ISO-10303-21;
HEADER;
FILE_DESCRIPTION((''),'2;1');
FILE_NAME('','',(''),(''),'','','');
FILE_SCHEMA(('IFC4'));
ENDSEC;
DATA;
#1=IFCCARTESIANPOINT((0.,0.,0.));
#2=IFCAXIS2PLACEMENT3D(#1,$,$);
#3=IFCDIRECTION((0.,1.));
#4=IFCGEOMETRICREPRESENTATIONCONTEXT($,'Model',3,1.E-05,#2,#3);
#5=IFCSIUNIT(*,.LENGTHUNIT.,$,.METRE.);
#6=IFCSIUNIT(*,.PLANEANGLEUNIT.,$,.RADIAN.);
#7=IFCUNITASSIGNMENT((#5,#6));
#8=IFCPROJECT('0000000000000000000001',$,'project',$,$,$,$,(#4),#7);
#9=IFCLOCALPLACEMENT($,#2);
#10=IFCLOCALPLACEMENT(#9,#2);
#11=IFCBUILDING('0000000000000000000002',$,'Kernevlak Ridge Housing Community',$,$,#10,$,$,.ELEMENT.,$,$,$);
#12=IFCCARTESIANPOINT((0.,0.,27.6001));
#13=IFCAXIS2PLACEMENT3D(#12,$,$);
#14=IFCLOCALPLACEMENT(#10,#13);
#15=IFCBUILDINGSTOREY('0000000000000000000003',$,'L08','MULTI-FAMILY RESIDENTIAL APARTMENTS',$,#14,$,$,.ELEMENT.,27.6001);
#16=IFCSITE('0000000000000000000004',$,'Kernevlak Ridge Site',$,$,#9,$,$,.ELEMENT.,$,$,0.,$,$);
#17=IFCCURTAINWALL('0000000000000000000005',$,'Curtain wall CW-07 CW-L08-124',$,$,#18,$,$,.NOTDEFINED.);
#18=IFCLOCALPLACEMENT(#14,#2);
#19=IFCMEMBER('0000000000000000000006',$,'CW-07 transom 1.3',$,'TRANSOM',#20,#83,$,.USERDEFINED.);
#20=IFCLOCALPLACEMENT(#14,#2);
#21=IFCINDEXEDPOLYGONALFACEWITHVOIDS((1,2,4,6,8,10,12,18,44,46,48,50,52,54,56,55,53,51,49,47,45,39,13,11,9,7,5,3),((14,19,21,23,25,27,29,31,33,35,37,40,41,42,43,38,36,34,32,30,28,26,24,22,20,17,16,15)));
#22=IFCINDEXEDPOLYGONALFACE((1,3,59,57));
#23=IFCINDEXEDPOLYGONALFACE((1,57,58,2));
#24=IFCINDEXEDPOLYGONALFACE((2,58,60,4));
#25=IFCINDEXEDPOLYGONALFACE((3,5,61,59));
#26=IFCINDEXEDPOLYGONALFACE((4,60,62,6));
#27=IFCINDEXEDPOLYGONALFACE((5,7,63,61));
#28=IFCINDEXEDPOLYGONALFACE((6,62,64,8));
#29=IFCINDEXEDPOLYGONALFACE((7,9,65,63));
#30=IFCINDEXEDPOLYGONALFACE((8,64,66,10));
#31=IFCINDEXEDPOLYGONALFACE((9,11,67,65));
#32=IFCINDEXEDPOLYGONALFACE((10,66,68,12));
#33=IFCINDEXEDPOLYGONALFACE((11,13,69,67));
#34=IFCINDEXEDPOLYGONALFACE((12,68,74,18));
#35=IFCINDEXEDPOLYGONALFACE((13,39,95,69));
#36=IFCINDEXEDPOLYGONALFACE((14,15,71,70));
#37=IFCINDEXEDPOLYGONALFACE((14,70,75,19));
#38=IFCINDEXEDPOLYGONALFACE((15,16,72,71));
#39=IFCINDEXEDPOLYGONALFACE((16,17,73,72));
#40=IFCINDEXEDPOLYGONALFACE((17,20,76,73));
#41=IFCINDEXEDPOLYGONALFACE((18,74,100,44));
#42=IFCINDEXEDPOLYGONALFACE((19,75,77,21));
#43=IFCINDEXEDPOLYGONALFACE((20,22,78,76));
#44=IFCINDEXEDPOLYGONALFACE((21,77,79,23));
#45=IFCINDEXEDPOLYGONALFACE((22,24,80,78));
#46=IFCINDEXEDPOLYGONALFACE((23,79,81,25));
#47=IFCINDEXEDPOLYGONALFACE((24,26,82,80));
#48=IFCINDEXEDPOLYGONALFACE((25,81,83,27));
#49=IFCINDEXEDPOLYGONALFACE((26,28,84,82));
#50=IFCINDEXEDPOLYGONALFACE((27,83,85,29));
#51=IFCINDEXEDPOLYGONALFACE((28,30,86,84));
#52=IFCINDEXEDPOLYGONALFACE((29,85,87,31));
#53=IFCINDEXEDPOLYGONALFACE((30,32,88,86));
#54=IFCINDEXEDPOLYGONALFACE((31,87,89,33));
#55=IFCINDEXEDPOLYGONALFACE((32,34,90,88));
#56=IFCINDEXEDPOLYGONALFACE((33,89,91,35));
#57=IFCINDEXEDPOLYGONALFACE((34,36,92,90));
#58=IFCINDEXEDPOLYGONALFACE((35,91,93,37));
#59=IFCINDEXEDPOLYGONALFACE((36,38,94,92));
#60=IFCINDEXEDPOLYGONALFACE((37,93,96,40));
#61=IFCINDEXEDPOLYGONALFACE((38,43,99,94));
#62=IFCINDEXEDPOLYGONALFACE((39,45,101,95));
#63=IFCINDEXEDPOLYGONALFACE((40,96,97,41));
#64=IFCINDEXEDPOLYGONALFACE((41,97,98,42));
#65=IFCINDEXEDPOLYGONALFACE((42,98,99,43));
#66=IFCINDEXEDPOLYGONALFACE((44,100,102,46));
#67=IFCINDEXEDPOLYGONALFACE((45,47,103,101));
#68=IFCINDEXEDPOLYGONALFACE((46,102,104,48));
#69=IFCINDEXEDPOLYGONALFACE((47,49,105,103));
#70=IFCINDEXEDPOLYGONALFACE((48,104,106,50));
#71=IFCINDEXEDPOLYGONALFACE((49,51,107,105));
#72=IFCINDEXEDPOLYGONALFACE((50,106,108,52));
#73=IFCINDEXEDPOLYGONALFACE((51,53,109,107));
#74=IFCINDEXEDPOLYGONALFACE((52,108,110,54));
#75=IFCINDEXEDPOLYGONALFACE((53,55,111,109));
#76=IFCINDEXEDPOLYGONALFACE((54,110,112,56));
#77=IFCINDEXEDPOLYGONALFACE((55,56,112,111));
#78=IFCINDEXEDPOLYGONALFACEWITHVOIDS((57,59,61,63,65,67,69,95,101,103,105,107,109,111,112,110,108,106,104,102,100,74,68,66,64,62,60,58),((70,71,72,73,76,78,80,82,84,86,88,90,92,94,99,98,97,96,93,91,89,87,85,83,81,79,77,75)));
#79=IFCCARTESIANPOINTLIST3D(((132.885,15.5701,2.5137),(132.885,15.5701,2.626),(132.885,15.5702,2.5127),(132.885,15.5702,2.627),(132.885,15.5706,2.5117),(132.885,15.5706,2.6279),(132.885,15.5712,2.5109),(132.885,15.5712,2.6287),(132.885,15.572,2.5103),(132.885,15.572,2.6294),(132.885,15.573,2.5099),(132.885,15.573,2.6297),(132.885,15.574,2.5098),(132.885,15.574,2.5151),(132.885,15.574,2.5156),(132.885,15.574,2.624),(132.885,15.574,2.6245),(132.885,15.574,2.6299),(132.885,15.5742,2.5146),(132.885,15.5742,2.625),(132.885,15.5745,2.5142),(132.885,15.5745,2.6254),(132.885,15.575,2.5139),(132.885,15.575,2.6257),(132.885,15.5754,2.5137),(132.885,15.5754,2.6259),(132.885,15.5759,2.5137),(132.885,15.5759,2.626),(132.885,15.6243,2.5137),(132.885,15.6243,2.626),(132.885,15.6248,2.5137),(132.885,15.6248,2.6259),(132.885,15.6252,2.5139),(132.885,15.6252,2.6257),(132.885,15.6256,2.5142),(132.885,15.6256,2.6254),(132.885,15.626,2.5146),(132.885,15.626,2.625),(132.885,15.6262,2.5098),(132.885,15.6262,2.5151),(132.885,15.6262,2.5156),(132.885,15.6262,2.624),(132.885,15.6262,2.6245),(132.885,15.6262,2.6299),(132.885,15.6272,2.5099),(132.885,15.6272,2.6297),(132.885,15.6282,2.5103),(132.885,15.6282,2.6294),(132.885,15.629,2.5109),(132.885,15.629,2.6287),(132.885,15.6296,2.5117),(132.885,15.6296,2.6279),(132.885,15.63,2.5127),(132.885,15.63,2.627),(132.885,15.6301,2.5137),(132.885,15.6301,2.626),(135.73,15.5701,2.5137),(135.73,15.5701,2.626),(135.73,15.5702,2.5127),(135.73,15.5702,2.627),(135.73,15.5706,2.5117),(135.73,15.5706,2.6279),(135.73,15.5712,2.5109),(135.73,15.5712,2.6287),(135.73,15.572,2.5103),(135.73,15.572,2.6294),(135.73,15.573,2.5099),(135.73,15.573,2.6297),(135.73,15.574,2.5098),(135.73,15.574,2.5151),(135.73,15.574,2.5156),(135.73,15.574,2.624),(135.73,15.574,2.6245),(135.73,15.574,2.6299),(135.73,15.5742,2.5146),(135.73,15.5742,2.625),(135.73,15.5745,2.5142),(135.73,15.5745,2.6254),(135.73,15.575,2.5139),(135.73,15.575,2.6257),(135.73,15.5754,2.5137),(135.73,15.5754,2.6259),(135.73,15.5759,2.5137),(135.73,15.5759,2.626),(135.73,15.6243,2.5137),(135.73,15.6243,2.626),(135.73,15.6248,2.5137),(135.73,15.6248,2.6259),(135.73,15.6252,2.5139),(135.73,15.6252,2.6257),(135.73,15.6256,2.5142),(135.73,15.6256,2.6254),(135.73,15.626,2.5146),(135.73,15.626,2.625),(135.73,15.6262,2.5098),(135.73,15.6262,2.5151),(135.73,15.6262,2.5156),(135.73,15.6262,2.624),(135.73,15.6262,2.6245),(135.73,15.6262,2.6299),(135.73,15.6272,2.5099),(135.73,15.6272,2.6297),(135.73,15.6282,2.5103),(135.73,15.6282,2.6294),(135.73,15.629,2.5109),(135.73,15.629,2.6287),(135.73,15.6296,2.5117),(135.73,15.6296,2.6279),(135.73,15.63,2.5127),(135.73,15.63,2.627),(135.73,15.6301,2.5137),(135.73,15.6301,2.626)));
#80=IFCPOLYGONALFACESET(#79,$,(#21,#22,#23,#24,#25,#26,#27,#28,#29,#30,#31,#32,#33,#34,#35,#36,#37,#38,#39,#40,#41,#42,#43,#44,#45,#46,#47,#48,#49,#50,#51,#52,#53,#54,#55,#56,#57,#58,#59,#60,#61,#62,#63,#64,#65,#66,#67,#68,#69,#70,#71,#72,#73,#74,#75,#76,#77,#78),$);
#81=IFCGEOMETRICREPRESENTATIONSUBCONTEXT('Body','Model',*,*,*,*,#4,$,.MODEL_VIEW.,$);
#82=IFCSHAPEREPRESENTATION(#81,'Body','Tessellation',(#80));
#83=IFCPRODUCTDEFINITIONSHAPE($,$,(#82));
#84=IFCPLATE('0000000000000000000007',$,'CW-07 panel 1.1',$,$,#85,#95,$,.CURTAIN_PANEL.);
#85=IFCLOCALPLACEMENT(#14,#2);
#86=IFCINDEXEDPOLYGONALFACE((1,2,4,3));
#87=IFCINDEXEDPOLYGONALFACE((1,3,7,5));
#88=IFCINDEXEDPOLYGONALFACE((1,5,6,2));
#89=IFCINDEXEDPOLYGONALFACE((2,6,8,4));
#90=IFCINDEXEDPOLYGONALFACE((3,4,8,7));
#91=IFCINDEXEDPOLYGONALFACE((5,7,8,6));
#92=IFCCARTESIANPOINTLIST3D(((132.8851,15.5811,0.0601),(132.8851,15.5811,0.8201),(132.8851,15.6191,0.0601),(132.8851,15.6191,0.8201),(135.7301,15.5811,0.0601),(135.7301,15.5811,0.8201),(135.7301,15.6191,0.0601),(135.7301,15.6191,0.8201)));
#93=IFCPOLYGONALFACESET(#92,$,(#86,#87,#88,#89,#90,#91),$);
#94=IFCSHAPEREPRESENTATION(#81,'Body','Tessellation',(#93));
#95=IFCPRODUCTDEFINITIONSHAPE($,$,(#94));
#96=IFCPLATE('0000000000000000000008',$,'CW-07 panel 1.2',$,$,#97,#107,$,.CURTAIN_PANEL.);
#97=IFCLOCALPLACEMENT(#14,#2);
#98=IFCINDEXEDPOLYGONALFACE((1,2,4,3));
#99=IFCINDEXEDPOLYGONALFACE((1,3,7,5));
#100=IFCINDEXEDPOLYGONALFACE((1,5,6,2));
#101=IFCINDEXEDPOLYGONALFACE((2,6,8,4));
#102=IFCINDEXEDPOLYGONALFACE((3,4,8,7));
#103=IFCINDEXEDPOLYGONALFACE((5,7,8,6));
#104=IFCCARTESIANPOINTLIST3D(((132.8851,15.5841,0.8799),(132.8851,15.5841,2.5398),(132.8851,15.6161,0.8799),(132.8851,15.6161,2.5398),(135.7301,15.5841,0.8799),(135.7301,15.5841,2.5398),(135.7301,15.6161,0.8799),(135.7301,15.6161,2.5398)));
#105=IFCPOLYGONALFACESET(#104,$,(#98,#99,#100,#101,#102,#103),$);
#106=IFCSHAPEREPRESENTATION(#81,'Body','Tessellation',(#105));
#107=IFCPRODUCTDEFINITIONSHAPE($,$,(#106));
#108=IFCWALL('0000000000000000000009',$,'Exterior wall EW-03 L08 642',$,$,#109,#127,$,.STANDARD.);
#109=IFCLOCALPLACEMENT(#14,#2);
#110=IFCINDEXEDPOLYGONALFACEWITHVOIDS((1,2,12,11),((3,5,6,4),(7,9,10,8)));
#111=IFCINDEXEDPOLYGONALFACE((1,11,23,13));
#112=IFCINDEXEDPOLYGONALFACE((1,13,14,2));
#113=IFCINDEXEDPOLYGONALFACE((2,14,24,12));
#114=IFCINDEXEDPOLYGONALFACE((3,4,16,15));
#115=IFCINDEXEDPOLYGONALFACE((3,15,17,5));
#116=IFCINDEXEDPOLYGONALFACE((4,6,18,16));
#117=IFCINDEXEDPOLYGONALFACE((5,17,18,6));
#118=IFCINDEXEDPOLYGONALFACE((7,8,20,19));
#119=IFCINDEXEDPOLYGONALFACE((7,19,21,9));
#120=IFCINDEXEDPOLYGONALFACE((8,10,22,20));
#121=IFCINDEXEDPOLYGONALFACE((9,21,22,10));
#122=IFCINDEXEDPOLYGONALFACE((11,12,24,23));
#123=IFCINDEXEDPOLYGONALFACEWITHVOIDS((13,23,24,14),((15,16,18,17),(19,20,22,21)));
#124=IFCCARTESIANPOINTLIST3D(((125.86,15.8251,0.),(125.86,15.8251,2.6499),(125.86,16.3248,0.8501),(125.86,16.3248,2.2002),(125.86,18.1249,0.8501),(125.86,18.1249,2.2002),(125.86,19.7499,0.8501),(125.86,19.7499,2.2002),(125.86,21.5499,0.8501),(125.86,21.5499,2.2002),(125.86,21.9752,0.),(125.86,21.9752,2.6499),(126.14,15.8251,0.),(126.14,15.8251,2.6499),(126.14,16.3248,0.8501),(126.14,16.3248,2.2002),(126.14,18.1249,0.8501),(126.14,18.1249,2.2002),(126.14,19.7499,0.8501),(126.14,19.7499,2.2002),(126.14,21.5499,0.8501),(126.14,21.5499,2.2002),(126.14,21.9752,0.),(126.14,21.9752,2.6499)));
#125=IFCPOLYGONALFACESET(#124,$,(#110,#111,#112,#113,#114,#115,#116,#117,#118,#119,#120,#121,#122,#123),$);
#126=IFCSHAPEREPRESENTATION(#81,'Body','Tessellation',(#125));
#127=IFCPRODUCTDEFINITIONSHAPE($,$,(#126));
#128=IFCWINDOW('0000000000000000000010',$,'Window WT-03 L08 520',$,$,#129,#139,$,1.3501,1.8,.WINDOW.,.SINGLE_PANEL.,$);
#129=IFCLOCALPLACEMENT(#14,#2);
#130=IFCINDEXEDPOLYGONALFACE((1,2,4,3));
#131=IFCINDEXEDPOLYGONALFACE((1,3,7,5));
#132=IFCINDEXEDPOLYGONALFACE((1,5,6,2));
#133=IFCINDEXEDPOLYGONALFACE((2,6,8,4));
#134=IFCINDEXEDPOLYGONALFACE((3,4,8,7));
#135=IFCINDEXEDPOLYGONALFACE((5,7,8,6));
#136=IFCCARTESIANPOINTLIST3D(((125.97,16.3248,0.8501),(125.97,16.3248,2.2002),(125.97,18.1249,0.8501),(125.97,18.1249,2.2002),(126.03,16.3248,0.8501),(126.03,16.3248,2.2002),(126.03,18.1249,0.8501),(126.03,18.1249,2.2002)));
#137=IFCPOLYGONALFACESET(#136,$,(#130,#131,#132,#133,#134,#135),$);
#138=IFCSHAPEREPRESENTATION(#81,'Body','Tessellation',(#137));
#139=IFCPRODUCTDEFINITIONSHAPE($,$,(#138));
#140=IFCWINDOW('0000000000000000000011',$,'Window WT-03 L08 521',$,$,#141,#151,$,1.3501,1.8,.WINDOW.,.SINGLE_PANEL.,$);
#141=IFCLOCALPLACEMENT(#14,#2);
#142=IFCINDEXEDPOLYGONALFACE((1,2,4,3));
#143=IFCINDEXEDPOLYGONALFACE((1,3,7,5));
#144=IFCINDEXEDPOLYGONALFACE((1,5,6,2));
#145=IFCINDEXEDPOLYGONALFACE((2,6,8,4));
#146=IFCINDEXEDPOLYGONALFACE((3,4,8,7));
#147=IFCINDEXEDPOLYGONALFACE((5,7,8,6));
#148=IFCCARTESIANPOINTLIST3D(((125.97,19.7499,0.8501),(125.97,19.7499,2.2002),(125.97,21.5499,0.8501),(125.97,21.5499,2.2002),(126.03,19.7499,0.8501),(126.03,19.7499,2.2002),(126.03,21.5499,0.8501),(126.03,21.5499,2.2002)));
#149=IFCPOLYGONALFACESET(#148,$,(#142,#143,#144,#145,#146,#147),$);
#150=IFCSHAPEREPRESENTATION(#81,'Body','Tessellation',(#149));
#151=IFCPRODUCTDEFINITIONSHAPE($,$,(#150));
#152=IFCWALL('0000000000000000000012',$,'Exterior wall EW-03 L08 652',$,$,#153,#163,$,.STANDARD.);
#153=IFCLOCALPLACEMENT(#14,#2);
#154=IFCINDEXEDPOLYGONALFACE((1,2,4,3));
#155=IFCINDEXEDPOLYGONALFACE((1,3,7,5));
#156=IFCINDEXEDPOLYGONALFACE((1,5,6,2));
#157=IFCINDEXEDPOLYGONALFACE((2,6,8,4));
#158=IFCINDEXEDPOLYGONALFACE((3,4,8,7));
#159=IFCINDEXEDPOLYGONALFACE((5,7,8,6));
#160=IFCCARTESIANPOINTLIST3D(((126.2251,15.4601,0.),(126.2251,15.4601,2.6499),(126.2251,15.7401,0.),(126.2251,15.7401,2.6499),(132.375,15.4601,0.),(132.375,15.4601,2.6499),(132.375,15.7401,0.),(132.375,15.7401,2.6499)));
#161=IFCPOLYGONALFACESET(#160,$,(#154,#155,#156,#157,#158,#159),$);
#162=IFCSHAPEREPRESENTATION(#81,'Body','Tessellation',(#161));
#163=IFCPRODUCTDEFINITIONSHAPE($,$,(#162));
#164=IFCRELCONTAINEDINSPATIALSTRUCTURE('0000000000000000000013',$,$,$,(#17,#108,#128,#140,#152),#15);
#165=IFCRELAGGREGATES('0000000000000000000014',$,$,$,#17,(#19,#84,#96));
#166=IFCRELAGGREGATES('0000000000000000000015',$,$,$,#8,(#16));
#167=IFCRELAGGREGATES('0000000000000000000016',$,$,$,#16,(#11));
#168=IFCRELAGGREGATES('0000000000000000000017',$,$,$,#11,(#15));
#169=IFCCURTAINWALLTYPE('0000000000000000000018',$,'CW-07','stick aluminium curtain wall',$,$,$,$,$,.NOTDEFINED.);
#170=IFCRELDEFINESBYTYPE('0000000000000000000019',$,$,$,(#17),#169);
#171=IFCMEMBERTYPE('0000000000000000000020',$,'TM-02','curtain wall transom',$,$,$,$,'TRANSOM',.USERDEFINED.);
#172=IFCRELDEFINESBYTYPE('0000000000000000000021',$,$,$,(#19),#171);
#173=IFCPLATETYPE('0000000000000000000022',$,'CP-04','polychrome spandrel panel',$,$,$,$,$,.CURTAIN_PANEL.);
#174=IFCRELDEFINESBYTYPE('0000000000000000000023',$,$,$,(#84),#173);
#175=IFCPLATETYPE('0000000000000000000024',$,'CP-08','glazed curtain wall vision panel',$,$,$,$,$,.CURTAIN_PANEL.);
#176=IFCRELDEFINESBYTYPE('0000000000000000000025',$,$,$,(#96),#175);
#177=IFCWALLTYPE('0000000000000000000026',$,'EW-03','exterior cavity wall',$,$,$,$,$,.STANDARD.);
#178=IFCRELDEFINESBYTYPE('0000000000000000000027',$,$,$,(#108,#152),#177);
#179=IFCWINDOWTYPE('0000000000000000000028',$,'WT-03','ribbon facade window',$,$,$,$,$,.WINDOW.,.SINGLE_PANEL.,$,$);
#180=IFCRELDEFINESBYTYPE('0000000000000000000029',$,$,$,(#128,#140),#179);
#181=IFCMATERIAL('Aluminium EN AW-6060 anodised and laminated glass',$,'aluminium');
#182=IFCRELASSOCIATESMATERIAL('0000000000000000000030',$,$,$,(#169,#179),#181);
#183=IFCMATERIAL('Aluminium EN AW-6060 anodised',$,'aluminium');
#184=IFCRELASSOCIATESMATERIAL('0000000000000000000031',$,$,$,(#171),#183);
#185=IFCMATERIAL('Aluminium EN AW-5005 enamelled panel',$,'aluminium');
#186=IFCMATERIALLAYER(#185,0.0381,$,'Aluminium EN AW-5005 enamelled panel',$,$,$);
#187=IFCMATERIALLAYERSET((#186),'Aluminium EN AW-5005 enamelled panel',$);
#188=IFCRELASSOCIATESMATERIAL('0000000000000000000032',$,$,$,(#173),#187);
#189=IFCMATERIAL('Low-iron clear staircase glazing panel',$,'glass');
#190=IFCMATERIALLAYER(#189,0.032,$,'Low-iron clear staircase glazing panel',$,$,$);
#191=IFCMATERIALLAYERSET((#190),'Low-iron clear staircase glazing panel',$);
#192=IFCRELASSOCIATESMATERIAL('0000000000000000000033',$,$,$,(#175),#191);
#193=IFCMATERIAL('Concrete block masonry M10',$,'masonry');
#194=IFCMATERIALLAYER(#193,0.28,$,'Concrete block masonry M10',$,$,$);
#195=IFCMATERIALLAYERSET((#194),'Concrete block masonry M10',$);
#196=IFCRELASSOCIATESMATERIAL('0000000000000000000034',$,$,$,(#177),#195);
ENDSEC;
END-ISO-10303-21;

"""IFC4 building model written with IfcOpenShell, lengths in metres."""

from ifc_helpers import new_model, si_unit, direction, frame, frame_2d, origin, origin_2d, place, context, subcontext, project, spatial, rectangle, hollow_rectangle, extrude, material, layer, layer_set, material_profile, profile_set, type_object, element, fill, aggregate, save


model = new_model("IFC4")

# Units and contexts
model_context = context("Model", 3, precision=1e-05, world=origin(), true_north=direction((0.0, 1.0)))
body_context = subcontext(model_context, "Body", "Model", "MODEL_VIEW")
ifc_project = project(units=[si_unit("LENGTHUNIT", "METRE"), si_unit("PLANEANGLEUNIT", "RADIAN")], contexts=[model_context])

# Site, building, storey
site_placement = place(None, origin())
site = spatial("IfcSite", under=ifc_project, at=site_placement, Name="Kernevlak Ridge Site", CompositionType="ELEMENT", RefElevation=0.0)
building_placement = place(site_placement, origin())
building = spatial("IfcBuilding", under=site, at=building_placement, Name="Kernevlak Ridge Housing Community", CompositionType="ELEMENT")
storey_placement = place(building_placement, frame((0.0, 0.0, 27.6001)))
storey = spatial("IfcBuildingStorey", under=building, at=storey_placement, Name="L08", Description="MULTI-FAMILY RESIDENTIAL APARTMENTS", CompositionType="ELEMENT", Elevation=27.6001)

# Curtain wall
ifc_material_1 = material(Name="Aluminium EN AW-6060 anodised and laminated glass", Category="aluminium")
curtain_wall_type = type_object("IfcCurtainWallType", Name="CW-07", Description="stick aluminium curtain wall", PredefinedType="NOTDEFINED", material=ifc_material_1)
curtain_wall_placement = place(storey_placement, origin())
curtain_wall = element("IfcCurtainWall", 1, at=curtain_wall_placement, inside=storey, type_object=curtain_wall_type, Name="Curtain wall CW-07 CW-L08-124", PredefinedType="NOTDEFINED")
ifc_material_2 = material(Name="Aluminium EN AW-6060 anodised", Category="aluminium")

# Member
ifc_material_profile_1 = material_profile(ifc_material_2, hollow_rectangle(XDim=0.0601, YDim=0.1201, WallThickness=0.0039, InnerFilletRadius=0.002, OuterFilletRadius=0.0039, at=origin_2d()), Name="ALU 60x120x4")
ifc_profile_set_1 = profile_set([ifc_material_profile_1], Name="Aluminium EN AW-6060 anodised")
member_type_1 = type_object("IfcMemberType", Name="TM-02", Description="curtain wall transom", ElementType="TRANSOM", PredefinedType="USERDEFINED", material=ifc_profile_set_1)
member_1_placement = place(storey_placement, frame((132.885, 15.6001, 2.5698), z_axis=(1.0, 0.0, 0.0), x_axis=(0.0, 1.0, 0.0)))
member_1 = element("IfcMember", 2, at=member_1_placement, type_object=member_type_1, Name="CW-07 transom 1.3", ObjectType="TRANSOM", PredefinedType="USERDEFINED", context=body_context, shape_type="SweptSolid", body=[
    extrude(hollow_rectangle(XDim=0.0601, YDim=0.1201, WallThickness=0.0039, InnerFilletRadius=0.002, OuterFilletRadius=0.0039, at=origin_2d()), origin(), (0.0, 0.0, 1.0), 2.845),
])

# Plates
ifc_material_3 = material(Name="Aluminium EN AW-5005 enamelled panel", Category="aluminium")
ifc_layer_1 = layer(ifc_material_3, 0.0381, Name="Aluminium EN AW-5005 enamelled panel")
ifc_layer_set_1 = layer_set([ifc_layer_1], Name="Aluminium EN AW-5005 enamelled panel")
plate_type_1 = type_object("IfcPlateType", Name="CP-04", Description="polychrome spandrel panel", PredefinedType="CURTAIN_PANEL", material=ifc_layer_set_1)
plate_1_placement = place(storey_placement, frame((134.3076, 15.6001, 0.0601), z_axis=(0.0, 0.0, 1.0), x_axis=(1.0, 0.0, 0.0)))
plate_1 = element("IfcPlate", 3, at=plate_1_placement, type_object=plate_type_1, Name="CW-07 panel 1.1", PredefinedType="CURTAIN_PANEL", context=body_context, shape_type="SweptSolid", body=[
    extrude(rectangle(XDim=2.845, YDim=0.0381, at=origin_2d()), origin(), (0.0, 0.0, 1.0), 0.76),
])
ifc_material_4 = material(Name="Low-iron clear staircase glazing panel", Category="glass")
ifc_layer_2 = layer(ifc_material_4, 0.032, Name="Low-iron clear staircase glazing panel")
ifc_layer_set_2 = layer_set([ifc_layer_2], Name="Low-iron clear staircase glazing panel")
plate_type_2 = type_object("IfcPlateType", Name="CP-08", Description="glazed curtain wall vision panel", PredefinedType="CURTAIN_PANEL", material=ifc_layer_set_2)
plate_2_placement = place(storey_placement, frame((134.3076, 15.6001, 0.8799), z_axis=(0.0, 0.0, 1.0), x_axis=(1.0, 0.0, 0.0)))
plate_2 = element("IfcPlate", 4, at=plate_2_placement, type_object=plate_type_2, Name="CW-07 panel 1.2", PredefinedType="CURTAIN_PANEL", context=body_context, shape_type="SweptSolid", body=[
    extrude(rectangle(XDim=2.845, YDim=0.032, at=origin_2d()), origin(), (0.0, 0.0, 1.0), 1.6599),
])
aggregate(curtain_wall, [member_1, plate_1, plate_2])

# Wall, openings, windows
ifc_material_5 = material(Name="Concrete block masonry M10", Category="masonry")
ifc_layer_3 = layer(ifc_material_5, 0.28, Name="Concrete block masonry M10")
ifc_layer_set_3 = layer_set([ifc_layer_3], Name="Concrete block masonry M10")
wall_type_1 = type_object("IfcWallType", Name="EW-03", Description="exterior cavity wall", PredefinedType="STANDARD", material=ifc_layer_set_3)
wall_1_placement = place(storey_placement, frame((126.0, 15.825, 0.0), z_axis=(0.0, 0.0, 1.0), x_axis=(0.0, 1.0, 0.0)))
wall_1 = element("IfcWall", 5, at=wall_1_placement, inside=storey, type_object=wall_type_1, Name="Exterior wall EW-03 L08 642", PredefinedType="STANDARD", context=body_context, shape_type="SweptSolid", body=[
    extrude(rectangle(XDim=6.1501, YDim=0.28, at=frame_2d((3.0752, 0.0))), origin(), (0.0, 0.0, 1.0), 2.6499),
])
opening_1_placement = place(wall_1_placement, frame((0.5, 0.0, 0.8501)))
opening_1 = element("IfcOpeningElement", 6, at=opening_1_placement, cuts=wall_1, PredefinedType="OPENING", context=body_context, shape_type="SweptSolid", body=[
    extrude(rectangle(XDim=1.8, YDim=1.3501, at=frame_2d((0.8999, 0.675))), frame((0.0, 0.1499, 0.0), z_axis=(0.0, -1.0, 0.0), x_axis=(1.0, 0.0, 0.0)), (0.0, 0.0, 1.0), 0.3),
])
opening_2_placement = place(wall_1_placement, frame((3.925, 0.0, 0.8501)))
opening_2 = element("IfcOpeningElement", 7, at=opening_2_placement, cuts=wall_1, PredefinedType="OPENING", context=body_context, shape_type="SweptSolid", body=[
    extrude(rectangle(XDim=1.8, YDim=1.3501, at=frame_2d((0.8999, 0.675))), frame((0.0, 0.1499, 0.0), z_axis=(0.0, -1.0, 0.0), x_axis=(1.0, 0.0, 0.0)), (0.0, 0.0, 1.0), 0.3),
])
window_type = type_object("IfcWindowType", Name="WT-03", Description="ribbon facade window", PartitioningType="SINGLE_PANEL", PredefinedType="WINDOW", material=ifc_material_1)
window_1_placement = place(opening_1_placement, origin())
window_1 = element("IfcWindow", 8, at=window_1_placement, inside=storey, type_object=window_type, Name="Window WT-03 L08 520", OverallHeight=1.3501, OverallWidth=1.8, PartitioningType="SINGLE_PANEL", PredefinedType="WINDOW", context=body_context, shape_type="SweptSolid", body=[
    extrude(rectangle(XDim=1.8, YDim=1.3501, at=frame_2d((0.8999, 0.675))), frame((0.0, 0.03, 0.0), z_axis=(0.0, -1.0, 0.0), x_axis=(1.0, 0.0, 0.0)), (0.0, 0.0, 1.0), 0.0601),
])
fill(opening_1, window_1)
window_2_placement = place(opening_2_placement, origin())
window_2 = element("IfcWindow", 9, at=window_2_placement, inside=storey, type_object=window_type, Name="Window WT-03 L08 521", OverallHeight=1.3501, OverallWidth=1.8, PartitioningType="SINGLE_PANEL", PredefinedType="WINDOW", context=body_context, shape_type="SweptSolid", body=[
    extrude(rectangle(XDim=1.8, YDim=1.3501, at=frame_2d((0.8999, 0.675))), frame((0.0, 0.03, 0.0), z_axis=(0.0, -1.0, 0.0), x_axis=(1.0, 0.0, 0.0)), (0.0, 0.0, 1.0), 0.0601),
])
fill(opening_2, window_2)

# Wall
wall_2_placement = place(storey_placement, frame((126.2251, 15.6001, 0.0), z_axis=(0.0, 0.0, 1.0), x_axis=(1.0, 0.0, 0.0)))
element("IfcWall", 10, at=wall_2_placement, inside=storey, type_object=wall_type_1, Name="Exterior wall EW-03 L08 652", PredefinedType="STANDARD", context=body_context, shape_type="SweptSolid", body=[
    extrude(rectangle(XDim=6.1499, YDim=0.28, at=frame_2d((3.075, 0.0))), origin(), (0.0, 0.0, 1.0), 2.6499),
])

save(model, "model.ifc")
